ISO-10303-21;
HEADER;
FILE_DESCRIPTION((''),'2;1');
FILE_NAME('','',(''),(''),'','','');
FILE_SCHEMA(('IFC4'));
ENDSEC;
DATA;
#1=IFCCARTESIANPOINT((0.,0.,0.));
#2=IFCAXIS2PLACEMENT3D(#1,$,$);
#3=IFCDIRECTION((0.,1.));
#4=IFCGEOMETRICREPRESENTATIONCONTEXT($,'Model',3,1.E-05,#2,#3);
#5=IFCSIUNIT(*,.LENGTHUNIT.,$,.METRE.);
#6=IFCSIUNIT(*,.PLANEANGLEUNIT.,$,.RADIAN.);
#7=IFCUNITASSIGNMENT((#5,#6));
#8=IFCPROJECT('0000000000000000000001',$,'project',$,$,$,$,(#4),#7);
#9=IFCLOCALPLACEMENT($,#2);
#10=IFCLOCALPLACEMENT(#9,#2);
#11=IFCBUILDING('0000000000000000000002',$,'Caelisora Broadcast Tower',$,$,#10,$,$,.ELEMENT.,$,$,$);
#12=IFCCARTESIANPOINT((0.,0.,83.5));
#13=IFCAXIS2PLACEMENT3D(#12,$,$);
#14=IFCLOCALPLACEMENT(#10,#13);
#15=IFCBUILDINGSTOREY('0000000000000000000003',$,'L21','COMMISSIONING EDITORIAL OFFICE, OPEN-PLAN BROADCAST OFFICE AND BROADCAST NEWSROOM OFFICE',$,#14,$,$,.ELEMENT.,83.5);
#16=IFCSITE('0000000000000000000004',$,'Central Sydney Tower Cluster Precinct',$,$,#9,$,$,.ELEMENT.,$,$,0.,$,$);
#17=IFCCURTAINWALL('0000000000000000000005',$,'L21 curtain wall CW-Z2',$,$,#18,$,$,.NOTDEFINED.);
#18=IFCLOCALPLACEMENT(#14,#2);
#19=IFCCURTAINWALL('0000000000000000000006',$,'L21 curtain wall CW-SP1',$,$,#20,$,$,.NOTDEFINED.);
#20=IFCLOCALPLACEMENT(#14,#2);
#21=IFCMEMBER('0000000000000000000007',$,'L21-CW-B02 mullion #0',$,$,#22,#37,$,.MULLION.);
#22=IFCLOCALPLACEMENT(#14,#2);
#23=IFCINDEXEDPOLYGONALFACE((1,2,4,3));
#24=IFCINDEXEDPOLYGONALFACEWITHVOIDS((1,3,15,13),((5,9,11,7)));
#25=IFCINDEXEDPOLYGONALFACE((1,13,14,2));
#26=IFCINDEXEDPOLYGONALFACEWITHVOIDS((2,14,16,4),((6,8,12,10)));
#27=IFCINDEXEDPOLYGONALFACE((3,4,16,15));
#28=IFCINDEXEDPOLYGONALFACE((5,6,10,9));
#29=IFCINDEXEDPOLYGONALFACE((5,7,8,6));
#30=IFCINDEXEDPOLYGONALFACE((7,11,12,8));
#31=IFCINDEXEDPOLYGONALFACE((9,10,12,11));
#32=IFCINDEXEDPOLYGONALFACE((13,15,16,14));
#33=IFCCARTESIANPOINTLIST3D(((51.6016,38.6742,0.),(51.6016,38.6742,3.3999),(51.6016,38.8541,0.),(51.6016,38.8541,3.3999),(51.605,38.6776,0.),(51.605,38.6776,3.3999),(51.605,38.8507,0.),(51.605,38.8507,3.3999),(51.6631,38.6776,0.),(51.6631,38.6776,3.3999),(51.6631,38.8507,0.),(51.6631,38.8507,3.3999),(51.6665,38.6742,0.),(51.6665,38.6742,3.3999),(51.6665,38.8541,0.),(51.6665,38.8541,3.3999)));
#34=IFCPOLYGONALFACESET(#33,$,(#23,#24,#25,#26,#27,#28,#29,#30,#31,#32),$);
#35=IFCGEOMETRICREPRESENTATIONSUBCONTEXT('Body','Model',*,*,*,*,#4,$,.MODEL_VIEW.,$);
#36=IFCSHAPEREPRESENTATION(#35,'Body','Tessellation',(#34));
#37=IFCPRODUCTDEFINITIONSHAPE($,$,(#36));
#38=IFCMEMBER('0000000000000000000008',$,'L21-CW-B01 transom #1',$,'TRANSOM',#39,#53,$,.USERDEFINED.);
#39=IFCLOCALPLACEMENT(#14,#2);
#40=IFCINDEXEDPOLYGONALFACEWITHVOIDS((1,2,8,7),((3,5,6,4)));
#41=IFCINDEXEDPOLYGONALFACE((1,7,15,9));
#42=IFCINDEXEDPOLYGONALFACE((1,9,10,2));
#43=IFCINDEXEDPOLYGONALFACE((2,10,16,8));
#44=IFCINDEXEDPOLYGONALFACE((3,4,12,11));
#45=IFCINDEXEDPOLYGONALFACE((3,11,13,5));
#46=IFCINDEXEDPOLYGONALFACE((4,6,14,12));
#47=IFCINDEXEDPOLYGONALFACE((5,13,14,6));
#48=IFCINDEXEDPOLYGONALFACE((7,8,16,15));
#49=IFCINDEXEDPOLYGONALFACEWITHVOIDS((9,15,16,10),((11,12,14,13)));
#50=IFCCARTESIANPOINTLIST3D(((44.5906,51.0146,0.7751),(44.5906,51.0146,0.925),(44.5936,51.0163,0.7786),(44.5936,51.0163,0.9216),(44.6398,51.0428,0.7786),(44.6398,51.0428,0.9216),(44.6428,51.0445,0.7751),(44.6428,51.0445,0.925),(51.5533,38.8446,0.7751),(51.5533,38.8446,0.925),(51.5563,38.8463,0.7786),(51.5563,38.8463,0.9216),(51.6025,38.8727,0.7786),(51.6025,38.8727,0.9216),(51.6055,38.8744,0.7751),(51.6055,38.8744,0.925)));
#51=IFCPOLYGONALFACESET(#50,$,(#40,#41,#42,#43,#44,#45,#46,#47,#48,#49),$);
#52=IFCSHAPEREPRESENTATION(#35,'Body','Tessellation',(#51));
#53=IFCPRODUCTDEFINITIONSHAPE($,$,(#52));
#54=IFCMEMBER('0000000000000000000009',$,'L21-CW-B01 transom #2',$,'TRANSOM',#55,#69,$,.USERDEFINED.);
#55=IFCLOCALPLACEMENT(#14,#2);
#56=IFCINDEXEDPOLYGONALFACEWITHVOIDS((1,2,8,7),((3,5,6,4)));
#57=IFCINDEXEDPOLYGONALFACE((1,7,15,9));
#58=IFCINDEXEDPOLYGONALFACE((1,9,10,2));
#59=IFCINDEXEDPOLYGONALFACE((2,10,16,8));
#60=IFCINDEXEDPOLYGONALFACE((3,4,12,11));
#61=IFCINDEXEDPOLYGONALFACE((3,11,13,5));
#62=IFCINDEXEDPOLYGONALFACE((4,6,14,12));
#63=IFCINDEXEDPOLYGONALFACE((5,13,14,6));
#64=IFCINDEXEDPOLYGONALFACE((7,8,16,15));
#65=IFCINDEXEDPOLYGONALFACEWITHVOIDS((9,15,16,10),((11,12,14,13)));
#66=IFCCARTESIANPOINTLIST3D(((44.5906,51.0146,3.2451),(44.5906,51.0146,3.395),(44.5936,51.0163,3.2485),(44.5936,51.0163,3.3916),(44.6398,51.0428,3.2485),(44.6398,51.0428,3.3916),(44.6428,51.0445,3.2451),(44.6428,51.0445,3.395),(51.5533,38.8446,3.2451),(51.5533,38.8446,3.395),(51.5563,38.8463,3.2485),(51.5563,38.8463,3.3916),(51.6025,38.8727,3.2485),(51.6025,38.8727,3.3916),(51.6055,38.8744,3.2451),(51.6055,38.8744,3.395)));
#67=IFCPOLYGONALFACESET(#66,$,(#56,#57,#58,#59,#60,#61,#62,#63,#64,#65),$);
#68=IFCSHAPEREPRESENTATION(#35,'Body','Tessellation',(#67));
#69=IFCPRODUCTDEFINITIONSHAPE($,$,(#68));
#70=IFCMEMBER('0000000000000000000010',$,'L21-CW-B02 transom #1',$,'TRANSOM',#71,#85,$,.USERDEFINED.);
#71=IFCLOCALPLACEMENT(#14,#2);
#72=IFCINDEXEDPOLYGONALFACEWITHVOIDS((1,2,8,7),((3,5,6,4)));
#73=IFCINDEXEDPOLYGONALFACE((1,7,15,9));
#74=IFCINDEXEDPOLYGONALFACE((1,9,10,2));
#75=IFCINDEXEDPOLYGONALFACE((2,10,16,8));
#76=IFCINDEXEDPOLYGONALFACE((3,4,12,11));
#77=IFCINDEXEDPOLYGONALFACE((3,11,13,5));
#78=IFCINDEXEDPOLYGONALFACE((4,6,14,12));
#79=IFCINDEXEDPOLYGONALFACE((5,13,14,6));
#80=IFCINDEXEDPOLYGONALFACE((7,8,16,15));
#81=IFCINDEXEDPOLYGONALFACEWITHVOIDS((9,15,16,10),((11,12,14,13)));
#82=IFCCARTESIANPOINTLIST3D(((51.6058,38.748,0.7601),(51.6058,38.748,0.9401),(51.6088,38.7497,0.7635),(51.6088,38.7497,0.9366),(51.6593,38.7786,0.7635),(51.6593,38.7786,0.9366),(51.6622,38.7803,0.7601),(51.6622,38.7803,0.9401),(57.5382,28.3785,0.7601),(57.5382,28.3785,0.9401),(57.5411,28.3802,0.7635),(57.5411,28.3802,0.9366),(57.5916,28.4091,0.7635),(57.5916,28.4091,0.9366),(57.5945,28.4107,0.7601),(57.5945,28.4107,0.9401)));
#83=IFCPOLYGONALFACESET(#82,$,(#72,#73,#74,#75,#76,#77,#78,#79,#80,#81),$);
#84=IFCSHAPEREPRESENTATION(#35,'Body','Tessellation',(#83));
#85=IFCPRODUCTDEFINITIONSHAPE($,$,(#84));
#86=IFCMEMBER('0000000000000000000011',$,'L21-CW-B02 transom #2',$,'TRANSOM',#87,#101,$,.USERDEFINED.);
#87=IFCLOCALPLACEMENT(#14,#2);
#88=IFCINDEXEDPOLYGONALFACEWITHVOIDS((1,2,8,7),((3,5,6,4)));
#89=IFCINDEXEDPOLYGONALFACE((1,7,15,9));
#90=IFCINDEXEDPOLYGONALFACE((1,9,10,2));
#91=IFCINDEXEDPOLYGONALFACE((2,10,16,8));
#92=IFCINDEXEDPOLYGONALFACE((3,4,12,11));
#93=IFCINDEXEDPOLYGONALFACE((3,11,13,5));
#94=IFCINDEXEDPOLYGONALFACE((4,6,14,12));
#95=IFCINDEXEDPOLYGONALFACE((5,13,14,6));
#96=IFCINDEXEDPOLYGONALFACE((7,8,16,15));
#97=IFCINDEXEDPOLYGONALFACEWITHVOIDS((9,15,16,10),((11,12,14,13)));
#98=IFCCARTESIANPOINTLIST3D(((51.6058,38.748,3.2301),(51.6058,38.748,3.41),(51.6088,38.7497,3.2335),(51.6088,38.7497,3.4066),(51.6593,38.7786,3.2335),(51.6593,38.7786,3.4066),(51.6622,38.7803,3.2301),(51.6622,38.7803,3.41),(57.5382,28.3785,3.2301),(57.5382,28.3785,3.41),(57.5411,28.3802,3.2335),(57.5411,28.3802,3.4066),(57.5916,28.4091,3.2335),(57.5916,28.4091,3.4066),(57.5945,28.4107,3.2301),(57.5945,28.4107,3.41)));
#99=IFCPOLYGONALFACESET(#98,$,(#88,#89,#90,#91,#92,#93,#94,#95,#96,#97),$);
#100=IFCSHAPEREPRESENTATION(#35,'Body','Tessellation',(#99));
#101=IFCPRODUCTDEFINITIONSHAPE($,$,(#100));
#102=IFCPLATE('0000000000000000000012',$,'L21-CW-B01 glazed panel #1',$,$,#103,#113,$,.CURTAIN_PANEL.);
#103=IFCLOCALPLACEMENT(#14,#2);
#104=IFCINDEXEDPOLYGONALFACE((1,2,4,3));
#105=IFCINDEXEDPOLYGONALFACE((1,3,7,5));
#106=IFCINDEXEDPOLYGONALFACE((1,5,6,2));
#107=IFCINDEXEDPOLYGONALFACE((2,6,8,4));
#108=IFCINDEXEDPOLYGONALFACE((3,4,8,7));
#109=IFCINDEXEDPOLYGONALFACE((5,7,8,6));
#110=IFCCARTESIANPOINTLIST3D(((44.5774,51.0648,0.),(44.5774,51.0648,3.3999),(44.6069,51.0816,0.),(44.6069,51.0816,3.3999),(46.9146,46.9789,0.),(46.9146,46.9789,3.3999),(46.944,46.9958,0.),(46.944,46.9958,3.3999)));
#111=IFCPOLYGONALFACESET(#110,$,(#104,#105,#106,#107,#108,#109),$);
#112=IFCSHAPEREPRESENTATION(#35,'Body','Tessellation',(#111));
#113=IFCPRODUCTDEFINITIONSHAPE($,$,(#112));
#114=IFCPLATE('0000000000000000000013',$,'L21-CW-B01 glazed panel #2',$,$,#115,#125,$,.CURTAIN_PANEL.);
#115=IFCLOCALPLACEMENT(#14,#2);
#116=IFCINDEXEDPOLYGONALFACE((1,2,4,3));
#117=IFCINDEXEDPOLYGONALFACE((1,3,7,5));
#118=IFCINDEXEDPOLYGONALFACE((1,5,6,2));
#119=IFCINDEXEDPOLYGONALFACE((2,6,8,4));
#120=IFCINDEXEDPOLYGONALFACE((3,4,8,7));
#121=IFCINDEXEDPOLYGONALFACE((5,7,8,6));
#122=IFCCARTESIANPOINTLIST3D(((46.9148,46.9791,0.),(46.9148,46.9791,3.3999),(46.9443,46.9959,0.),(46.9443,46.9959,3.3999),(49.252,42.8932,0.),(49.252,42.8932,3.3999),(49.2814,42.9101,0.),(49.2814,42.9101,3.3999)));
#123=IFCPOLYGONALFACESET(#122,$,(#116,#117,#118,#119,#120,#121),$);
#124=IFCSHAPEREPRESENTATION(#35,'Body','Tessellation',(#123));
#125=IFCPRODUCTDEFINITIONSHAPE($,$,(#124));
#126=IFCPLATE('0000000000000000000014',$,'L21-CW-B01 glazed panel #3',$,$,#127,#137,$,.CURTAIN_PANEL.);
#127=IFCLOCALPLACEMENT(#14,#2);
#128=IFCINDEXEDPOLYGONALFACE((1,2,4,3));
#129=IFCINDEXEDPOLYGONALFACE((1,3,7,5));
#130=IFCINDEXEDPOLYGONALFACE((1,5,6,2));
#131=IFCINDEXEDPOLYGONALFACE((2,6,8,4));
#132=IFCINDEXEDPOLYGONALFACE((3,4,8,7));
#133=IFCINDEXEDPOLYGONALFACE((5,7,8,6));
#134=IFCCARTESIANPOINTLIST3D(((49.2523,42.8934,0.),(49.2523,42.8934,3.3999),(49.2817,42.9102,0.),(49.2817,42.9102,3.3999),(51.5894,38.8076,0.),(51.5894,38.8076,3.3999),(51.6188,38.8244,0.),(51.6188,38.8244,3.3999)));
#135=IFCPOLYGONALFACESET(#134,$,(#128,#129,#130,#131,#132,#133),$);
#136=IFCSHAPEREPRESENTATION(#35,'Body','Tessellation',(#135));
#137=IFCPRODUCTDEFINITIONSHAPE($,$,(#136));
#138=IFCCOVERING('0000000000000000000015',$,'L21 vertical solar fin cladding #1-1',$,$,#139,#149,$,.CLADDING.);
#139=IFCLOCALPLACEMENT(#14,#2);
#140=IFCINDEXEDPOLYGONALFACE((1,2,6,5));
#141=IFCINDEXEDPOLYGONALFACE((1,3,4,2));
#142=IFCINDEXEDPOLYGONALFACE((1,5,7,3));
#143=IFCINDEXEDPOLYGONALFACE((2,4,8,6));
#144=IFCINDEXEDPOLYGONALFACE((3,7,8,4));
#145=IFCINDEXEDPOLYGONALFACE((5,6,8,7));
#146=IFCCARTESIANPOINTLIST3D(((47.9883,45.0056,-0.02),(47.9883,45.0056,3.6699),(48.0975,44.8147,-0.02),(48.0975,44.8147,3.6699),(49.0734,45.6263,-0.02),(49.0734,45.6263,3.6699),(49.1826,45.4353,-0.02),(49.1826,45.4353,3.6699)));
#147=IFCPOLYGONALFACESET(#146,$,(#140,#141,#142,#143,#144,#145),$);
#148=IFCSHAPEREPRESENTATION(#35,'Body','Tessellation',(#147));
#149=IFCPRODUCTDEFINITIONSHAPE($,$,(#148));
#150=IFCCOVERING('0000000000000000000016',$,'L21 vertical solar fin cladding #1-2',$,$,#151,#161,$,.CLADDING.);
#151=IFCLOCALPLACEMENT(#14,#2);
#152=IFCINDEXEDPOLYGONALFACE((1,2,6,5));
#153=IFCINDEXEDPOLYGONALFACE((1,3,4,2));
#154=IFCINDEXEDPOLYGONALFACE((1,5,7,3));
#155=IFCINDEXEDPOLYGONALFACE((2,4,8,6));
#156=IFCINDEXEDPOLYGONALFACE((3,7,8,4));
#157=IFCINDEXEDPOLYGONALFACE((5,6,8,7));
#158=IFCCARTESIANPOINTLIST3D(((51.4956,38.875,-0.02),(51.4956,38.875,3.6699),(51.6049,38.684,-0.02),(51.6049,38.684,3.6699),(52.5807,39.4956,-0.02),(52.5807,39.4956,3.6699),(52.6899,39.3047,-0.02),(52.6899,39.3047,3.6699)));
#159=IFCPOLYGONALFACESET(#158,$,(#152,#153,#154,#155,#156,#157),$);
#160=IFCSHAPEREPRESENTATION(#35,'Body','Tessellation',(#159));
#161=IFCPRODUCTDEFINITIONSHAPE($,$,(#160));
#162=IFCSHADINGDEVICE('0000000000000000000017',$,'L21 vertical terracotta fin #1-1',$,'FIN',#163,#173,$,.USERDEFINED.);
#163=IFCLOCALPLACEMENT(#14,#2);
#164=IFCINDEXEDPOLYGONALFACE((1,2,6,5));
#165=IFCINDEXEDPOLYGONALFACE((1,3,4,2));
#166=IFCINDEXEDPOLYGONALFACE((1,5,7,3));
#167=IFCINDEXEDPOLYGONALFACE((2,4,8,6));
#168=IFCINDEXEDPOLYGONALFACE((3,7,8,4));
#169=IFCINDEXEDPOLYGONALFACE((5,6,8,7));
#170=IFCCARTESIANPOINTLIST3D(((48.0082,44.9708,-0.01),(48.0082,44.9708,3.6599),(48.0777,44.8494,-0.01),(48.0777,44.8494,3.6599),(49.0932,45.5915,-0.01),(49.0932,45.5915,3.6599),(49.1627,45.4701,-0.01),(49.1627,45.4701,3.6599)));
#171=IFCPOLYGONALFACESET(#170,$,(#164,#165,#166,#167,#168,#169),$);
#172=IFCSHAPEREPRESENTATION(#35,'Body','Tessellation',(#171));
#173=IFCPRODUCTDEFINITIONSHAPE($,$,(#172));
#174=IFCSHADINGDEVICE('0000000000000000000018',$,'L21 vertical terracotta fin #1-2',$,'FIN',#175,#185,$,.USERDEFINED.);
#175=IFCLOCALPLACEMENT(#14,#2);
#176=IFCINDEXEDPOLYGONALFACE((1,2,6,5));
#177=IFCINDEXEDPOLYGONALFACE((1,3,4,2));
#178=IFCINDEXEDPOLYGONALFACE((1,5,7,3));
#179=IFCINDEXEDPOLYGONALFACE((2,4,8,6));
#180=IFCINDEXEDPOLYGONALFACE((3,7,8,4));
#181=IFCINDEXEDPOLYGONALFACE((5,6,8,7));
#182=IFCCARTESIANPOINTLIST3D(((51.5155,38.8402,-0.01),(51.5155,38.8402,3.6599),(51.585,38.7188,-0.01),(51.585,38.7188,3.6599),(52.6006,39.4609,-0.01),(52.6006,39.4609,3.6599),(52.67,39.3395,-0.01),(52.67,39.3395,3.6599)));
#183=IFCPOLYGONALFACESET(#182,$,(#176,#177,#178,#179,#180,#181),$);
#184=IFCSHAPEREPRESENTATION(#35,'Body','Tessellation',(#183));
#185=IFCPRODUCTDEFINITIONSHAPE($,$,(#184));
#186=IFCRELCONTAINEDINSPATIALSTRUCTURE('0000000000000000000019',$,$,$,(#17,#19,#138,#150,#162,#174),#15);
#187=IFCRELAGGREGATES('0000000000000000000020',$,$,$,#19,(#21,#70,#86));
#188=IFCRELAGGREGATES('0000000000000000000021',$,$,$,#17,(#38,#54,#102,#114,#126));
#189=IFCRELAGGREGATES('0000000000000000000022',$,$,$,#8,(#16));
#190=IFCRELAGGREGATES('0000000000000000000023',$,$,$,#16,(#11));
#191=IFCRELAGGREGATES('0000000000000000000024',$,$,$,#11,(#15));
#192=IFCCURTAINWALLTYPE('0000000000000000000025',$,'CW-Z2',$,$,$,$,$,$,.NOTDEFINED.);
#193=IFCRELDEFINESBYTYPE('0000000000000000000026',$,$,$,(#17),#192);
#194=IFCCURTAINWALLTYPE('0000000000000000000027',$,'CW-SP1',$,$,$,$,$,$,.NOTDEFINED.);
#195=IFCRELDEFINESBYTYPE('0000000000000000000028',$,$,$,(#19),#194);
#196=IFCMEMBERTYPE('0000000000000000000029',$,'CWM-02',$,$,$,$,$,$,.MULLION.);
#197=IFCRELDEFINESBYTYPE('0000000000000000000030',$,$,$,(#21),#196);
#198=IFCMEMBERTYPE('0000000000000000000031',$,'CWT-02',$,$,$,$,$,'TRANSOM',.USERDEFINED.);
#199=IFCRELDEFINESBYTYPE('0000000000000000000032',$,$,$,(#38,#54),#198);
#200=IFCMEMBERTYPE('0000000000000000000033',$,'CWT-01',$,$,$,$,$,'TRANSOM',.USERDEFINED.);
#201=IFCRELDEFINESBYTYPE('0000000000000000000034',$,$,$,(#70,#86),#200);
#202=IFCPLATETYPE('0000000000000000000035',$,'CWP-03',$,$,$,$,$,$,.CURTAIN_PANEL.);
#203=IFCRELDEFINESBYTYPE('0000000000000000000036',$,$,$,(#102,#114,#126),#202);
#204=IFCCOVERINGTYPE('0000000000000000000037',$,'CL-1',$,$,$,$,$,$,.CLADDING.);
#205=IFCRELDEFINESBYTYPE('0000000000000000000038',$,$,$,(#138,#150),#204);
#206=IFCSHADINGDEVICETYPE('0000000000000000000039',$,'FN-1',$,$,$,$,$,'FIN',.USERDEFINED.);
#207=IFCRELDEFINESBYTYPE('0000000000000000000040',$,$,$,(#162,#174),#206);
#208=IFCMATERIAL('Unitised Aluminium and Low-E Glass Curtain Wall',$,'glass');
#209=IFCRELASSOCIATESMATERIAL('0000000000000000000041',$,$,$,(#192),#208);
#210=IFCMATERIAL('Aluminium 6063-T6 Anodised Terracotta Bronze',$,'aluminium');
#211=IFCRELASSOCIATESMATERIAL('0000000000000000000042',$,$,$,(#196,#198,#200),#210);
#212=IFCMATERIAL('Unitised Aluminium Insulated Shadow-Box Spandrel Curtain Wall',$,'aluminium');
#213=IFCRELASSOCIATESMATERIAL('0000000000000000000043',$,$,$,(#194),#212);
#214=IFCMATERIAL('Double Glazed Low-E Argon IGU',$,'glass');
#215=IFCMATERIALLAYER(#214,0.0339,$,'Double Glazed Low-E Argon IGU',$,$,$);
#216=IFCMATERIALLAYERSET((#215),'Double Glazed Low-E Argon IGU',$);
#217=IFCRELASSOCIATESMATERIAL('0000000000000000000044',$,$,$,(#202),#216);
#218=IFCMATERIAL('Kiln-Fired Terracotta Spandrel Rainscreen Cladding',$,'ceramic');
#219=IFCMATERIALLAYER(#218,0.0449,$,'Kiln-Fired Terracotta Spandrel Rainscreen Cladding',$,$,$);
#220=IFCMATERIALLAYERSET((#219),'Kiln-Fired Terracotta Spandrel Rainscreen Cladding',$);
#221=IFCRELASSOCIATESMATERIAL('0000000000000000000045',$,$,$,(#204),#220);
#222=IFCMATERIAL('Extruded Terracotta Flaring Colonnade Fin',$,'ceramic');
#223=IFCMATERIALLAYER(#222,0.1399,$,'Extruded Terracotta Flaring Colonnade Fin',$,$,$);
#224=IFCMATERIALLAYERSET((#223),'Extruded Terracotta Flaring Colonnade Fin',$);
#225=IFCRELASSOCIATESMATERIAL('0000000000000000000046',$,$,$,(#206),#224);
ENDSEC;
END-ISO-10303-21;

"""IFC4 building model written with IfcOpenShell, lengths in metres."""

from ifc_helpers import new_model, si_unit, direction, frame, origin, origin_2d, place, context, subcontext, project, spatial, rectangle, hollow_rectangle, extrude, source, transform, mapped, material, layer, layer_set, material_profile, profile_set, type_object, type_shapes, element, aggregate, save


model = new_model("IFC4")

# Units and contexts
model_context = context("Model", 3, precision=1e-05, world=origin(), true_north=direction((0.0, 1.0)))
body_context = subcontext(model_context, "Body", "Model", "MODEL_VIEW")
ifc_project = project(units=[si_unit("LENGTHUNIT", "METRE"), si_unit("PLANEANGLEUNIT", "RADIAN")], contexts=[model_context])

# Site, building, storey
site_placement = place(None, origin())
site = spatial("IfcSite", under=ifc_project, at=site_placement, Name="Central Sydney Tower Cluster Precinct", CompositionType="ELEMENT", RefElevation=0.0)
building_placement = place(site_placement, origin())
building = spatial("IfcBuilding", under=site, at=building_placement, Name="Caelisora Broadcast Tower", CompositionType="ELEMENT")
storey_placement = place(building_placement, frame((0.0, 0.0, 83.5)))
storey = spatial("IfcBuildingStorey", under=building, at=storey_placement, Name="L21", Description="COMMISSIONING EDITORIAL OFFICE, OPEN-PLAN BROADCAST OFFICE AND BROADCAST NEWSROOM OFFICE", CompositionType="ELEMENT", Elevation=83.5)

# Curtain wall
ifc_material_1 = material(Name="Unitised Aluminium and Low-E Glass Curtain Wall", Category="glass")
curtain_wall_type_1 = type_object("IfcCurtainWallType", Name="CW-Z2", PredefinedType="NOTDEFINED", material=ifc_material_1)
curtain_wall_1_placement = place(storey_placement, origin())
curtain_wall_1 = element("IfcCurtainWall", 1, at=curtain_wall_1_placement, inside=storey, type_object=curtain_wall_type_1, Name="L21 curtain wall CW-Z2", PredefinedType="NOTDEFINED")
ifc_material_2 = material(Name="Aluminium 6063-T6 Anodised Terracotta Bronze", Category="aluminium")
ifc_material_profile_1 = material_profile(ifc_material_2, hollow_rectangle(XDim=0.0649, YDim=0.1799, WallThickness=0.0034, at=origin_2d()), Name="Aluminium 6063-T6 Anodised Terracotta Bronze")
ifc_profile_set_1 = profile_set([ifc_material_profile_1], Name="Aluminium 6063-T6 Anodised Terracotta Bronze")
member_type_1 = type_object("IfcMemberType", Name="CWM-02", PredefinedType="MULLION", material=ifc_profile_set_1)
shared_shape_1 = source(origin(), body_context, "Body", "SweptSolid", [
    extrude(hollow_rectangle(XDim=0.0649, YDim=0.1799, WallThickness=0.0034, at=origin_2d()), origin(), (0.0, 0.0, 1.0), 3.3999),
])
type_shapes(member_type_1, [shared_shape_1])

# Curtain wall, member
ifc_material_3 = material(Name="Unitised Aluminium Insulated Shadow-Box Spandrel Curtain Wall", Category="aluminium")
curtain_wall_type_2 = type_object("IfcCurtainWallType", Name="CW-SP1", PredefinedType="NOTDEFINED", material=ifc_material_3)
curtain_wall_2_placement = place(storey_placement, origin())
curtain_wall_2 = element("IfcCurtainWall", 2, at=curtain_wall_2_placement, inside=storey, type_object=curtain_wall_type_2, Name="L21 curtain wall CW-SP1", PredefinedType="NOTDEFINED")
member_1_placement = place(storey_placement, frame((51.634, 38.7642, 0.0), z_axis=(0.0, 0.0, 1.0), x_axis=(1.0, 0.0, 0.0)))
member_1 = element("IfcMember", 3, at=member_1_placement, type_object=member_type_1, Name="L21-CW-B02 mullion #0", PredefinedType="MULLION", context=body_context, shape_type="MappedRepresentation", body=[
    mapped(shared_shape_1, transform((0.0, 0.0, 0.0), scale=1.0)),
])

# Members
ifc_material_profile_2 = material_profile(ifc_material_2, hollow_rectangle(XDim=0.0601, YDim=0.1499, WallThickness=0.0034, at=origin_2d()), Name="Aluminium 6063-T6 Anodised Terracotta Bronze")
ifc_profile_set_2 = profile_set([ifc_material_profile_2], Name="Aluminium 6063-T6 Anodised Terracotta Bronze")
member_type_2 = type_object("IfcMemberType", Name="CWT-02", ElementType="TRANSOM", PredefinedType="USERDEFINED", material=ifc_profile_set_2)
shared_shape_2 = source(origin(), body_context, "Body", "SweptSolid", [
    extrude(hollow_rectangle(XDim=0.0601, YDim=0.1499, WallThickness=0.0034, at=origin_2d()), origin(), (0.0, 0.0, 1.0), 14.021),
])
type_shapes(member_type_2, [shared_shape_2])
member_2_placement = place(storey_placement, frame((44.6167, 51.0295, 0.8501), z_axis=(0.496591, -0.867985, 0.0), x_axis=(0.867985, 0.496591, 0.0)))
member_2 = element("IfcMember", 4, at=member_2_placement, type_object=member_type_2, Name="L21-CW-B01 transom #1", ObjectType="TRANSOM", PredefinedType="USERDEFINED", context=body_context, shape_type="MappedRepresentation", body=[
    mapped(shared_shape_2, transform((0.0, 0.0, 0.0), scale=1.0)),
])
member_3_placement = place(storey_placement, frame((44.6167, 51.0295, 3.3201), z_axis=(0.496591, -0.867985, 0.0), x_axis=(0.867985, 0.496591, 0.0)))
member_3 = element("IfcMember", 5, at=member_3_placement, type_object=member_type_2, Name="L21-CW-B01 transom #2", ObjectType="TRANSOM", PredefinedType="USERDEFINED", context=body_context, shape_type="MappedRepresentation", body=[
    mapped(shared_shape_2, transform((0.0, 0.0, 0.0), scale=1.0)),
])
ifc_material_profile_3 = material_profile(ifc_material_2, hollow_rectangle(XDim=0.0649, YDim=0.1799, WallThickness=0.0034, at=origin_2d()), Name="Aluminium 6063-T6 Anodised Terracotta Bronze")
ifc_profile_set_3 = profile_set([ifc_material_profile_3], Name="Aluminium 6063-T6 Anodised Terracotta Bronze")
member_type_3 = type_object("IfcMemberType", Name="CWT-01", ElementType="TRANSOM", PredefinedType="USERDEFINED", material=ifc_profile_set_3)
shared_shape_3 = source(origin(), body_context, "Body", "SweptSolid", [
    extrude(hollow_rectangle(XDim=0.0649, YDim=0.1799, WallThickness=0.0034, at=origin_2d()), origin(), (0.0, 0.0, 1.0), 11.9465),
])
type_shapes(member_type_3, [shared_shape_3])
member_4_placement = place(storey_placement, frame((51.634, 38.7642, 0.8501), z_axis=(0.496572, -0.867995, 0.0), x_axis=(0.867995, 0.496572, 0.0)))
member_4 = element("IfcMember", 6, at=member_4_placement, type_object=member_type_3, Name="L21-CW-B02 transom #1", ObjectType="TRANSOM", PredefinedType="USERDEFINED", context=body_context, shape_type="MappedRepresentation", body=[
    mapped(shared_shape_3, transform((0.0, 0.0, 0.0), scale=1.0)),
])
member_5_placement = place(storey_placement, frame((51.634, 38.7642, 3.3201), z_axis=(0.496572, -0.867995, 0.0), x_axis=(0.867995, 0.496572, 0.0)))
member_5 = element("IfcMember", 7, at=member_5_placement, type_object=member_type_3, Name="L21-CW-B02 transom #2", ObjectType="TRANSOM", PredefinedType="USERDEFINED", context=body_context, shape_type="MappedRepresentation", body=[
    mapped(shared_shape_3, transform((0.0, 0.0, 0.0), scale=1.0)),
])
aggregate(curtain_wall_2, [member_1, member_4, member_5])

# Plates
ifc_material_4 = material(Name="Double Glazed Low-E Argon IGU", Category="glass")
ifc_layer_1 = layer(ifc_material_4, 0.0339, Name="Double Glazed Low-E Argon IGU")
ifc_layer_set_1 = layer_set([ifc_layer_1], Name="Double Glazed Low-E Argon IGU")
plate_type = type_object("IfcPlateType", Name="CWP-03", PredefinedType="CURTAIN_PANEL", material=ifc_layer_set_1)
shared_shape_4 = source(origin(), body_context, "Body", "SweptSolid", [
    extrude(rectangle(XDim=4.707, YDim=0.0339, at=origin_2d()), origin(), (0.0, 0.0, 1.0), 3.3999),
])
type_shapes(plate_type, [shared_shape_4])
plate_1_placement = place(storey_placement, frame((45.7607, 49.0303, 0.0), z_axis=(0.0, 0.0, 1.0), x_axis=(0.49652, -0.868026, 0.0)))
plate_1 = element("IfcPlate", 8, at=plate_1_placement, type_object=plate_type, Name="L21-CW-B01 glazed panel #1", PredefinedType="CURTAIN_PANEL", context=body_context, shape_type="MappedRepresentation", body=[
    mapped(shared_shape_4, transform((0.0, 0.0, 0.0), scale=1.0)),
])
plate_2_placement = place(storey_placement, frame((48.0981, 44.9446, 0.0), z_axis=(0.0, 0.0, 1.0), x_axis=(0.49652, -0.868026, 0.0)))
plate_2 = element("IfcPlate", 9, at=plate_2_placement, type_object=plate_type, Name="L21-CW-B01 glazed panel #2", PredefinedType="CURTAIN_PANEL", context=body_context, shape_type="MappedRepresentation", body=[
    mapped(shared_shape_4, transform((0.0, 0.0, 0.0), scale=1.0)),
])
plate_3_placement = place(storey_placement, frame((50.4355, 40.8589, 0.0), z_axis=(0.0, 0.0, 1.0), x_axis=(0.49652, -0.868026, 0.0)))
plate_3 = element("IfcPlate", 10, at=plate_3_placement, type_object=plate_type, Name="L21-CW-B01 glazed panel #3", PredefinedType="CURTAIN_PANEL", context=body_context, shape_type="MappedRepresentation", body=[
    mapped(shared_shape_4, transform((0.0, 0.0, 0.0), scale=1.0)),
])
aggregate(curtain_wall_1, [member_2, member_3, plate_1, plate_2, plate_3])

# Coverings
ifc_material_5 = material(Name="Kiln-Fired Terracotta Spandrel Rainscreen Cladding", Category="ceramic")
ifc_layer_2 = layer(ifc_material_5, 0.0449, Name="Kiln-Fired Terracotta Spandrel Rainscreen Cladding")
ifc_layer_set_2 = layer_set([ifc_layer_2], Name="Kiln-Fired Terracotta Spandrel Rainscreen Cladding")
covering_type = type_object("IfcCoveringType", Name="CL-1", PredefinedType="CLADDING", material=ifc_layer_set_2)
shared_shape_5 = source(origin(), body_context, "Body", "SweptSolid", [
    extrude(rectangle(XDim=0.22, YDim=1.25, at=origin_2d()), origin(), (0.0, 0.0, 1.0), 3.6899),
])
type_shapes(covering_type, [shared_shape_5])
for number, where, z_axis, x_axis, name in (
    (11, (48.5854, 45.2205, -0.02), (0.0, 0.0, 1.0), (0.49652, -0.868026, 0.0), "L21 vertical solar fin cladding #1-1"),
    (12, (52.0928, 39.0898, -0.02), (0.0, 0.0, 1.0), (0.49652, -0.868026, 0.0), "L21 vertical solar fin cladding #1-2"),
):
    element("IfcCovering", number, at=place(storey_placement, frame(where, z_axis=z_axis, x_axis=x_axis)), inside=storey, type_object=covering_type, Name=name, PredefinedType="CLADDING", context=body_context, shape_type="MappedRepresentation", body=[
        mapped(shared_shape_5, transform((0.0, 0.0, 0.0), scale=1.0)),
    ])

# Shading devices
ifc_material_6 = material(Name="Extruded Terracotta Flaring Colonnade Fin", Category="ceramic")
ifc_layer_3 = layer(ifc_material_6, 0.1399, Name="Extruded Terracotta Flaring Colonnade Fin")
ifc_layer_set_3 = layer_set([ifc_layer_3], Name="Extruded Terracotta Flaring Colonnade Fin")
shading_device_type = type_object("IfcShadingDeviceType", Name="FN-1", ElementType="FIN", PredefinedType="USERDEFINED", material=ifc_layer_set_3)
shared_shape_6 = source(origin(), body_context, "Body", "SweptSolid", [
    extrude(rectangle(XDim=0.1399, YDim=1.25, at=origin_2d()), origin(), (0.0, 0.0, 1.0), 3.6699),
])
type_shapes(shading_device_type, [shared_shape_6])
for number, where, z_axis, x_axis, name in (
    (13, (48.5854, 45.2205, -0.01), (0.0, 0.0, 1.0), (0.49652, -0.868026, 0.0), "L21 vertical terracotta fin #1-1"),
    (14, (52.0928, 39.0898, -0.01), (0.0, 0.0, 1.0), (0.49652, -0.868026, 0.0), "L21 vertical terracotta fin #1-2"),
):
    element("IfcShadingDevice", number, at=place(storey_placement, frame(where, z_axis=z_axis, x_axis=x_axis)), inside=storey, type_object=shading_device_type, Name=name, ObjectType="FIN", PredefinedType="USERDEFINED", context=body_context, shape_type="MappedRepresentation", body=[
        mapped(shared_shape_6, transform((0.0, 0.0, 0.0), scale=1.0)),
    ])

save(model, "model.ifc")
